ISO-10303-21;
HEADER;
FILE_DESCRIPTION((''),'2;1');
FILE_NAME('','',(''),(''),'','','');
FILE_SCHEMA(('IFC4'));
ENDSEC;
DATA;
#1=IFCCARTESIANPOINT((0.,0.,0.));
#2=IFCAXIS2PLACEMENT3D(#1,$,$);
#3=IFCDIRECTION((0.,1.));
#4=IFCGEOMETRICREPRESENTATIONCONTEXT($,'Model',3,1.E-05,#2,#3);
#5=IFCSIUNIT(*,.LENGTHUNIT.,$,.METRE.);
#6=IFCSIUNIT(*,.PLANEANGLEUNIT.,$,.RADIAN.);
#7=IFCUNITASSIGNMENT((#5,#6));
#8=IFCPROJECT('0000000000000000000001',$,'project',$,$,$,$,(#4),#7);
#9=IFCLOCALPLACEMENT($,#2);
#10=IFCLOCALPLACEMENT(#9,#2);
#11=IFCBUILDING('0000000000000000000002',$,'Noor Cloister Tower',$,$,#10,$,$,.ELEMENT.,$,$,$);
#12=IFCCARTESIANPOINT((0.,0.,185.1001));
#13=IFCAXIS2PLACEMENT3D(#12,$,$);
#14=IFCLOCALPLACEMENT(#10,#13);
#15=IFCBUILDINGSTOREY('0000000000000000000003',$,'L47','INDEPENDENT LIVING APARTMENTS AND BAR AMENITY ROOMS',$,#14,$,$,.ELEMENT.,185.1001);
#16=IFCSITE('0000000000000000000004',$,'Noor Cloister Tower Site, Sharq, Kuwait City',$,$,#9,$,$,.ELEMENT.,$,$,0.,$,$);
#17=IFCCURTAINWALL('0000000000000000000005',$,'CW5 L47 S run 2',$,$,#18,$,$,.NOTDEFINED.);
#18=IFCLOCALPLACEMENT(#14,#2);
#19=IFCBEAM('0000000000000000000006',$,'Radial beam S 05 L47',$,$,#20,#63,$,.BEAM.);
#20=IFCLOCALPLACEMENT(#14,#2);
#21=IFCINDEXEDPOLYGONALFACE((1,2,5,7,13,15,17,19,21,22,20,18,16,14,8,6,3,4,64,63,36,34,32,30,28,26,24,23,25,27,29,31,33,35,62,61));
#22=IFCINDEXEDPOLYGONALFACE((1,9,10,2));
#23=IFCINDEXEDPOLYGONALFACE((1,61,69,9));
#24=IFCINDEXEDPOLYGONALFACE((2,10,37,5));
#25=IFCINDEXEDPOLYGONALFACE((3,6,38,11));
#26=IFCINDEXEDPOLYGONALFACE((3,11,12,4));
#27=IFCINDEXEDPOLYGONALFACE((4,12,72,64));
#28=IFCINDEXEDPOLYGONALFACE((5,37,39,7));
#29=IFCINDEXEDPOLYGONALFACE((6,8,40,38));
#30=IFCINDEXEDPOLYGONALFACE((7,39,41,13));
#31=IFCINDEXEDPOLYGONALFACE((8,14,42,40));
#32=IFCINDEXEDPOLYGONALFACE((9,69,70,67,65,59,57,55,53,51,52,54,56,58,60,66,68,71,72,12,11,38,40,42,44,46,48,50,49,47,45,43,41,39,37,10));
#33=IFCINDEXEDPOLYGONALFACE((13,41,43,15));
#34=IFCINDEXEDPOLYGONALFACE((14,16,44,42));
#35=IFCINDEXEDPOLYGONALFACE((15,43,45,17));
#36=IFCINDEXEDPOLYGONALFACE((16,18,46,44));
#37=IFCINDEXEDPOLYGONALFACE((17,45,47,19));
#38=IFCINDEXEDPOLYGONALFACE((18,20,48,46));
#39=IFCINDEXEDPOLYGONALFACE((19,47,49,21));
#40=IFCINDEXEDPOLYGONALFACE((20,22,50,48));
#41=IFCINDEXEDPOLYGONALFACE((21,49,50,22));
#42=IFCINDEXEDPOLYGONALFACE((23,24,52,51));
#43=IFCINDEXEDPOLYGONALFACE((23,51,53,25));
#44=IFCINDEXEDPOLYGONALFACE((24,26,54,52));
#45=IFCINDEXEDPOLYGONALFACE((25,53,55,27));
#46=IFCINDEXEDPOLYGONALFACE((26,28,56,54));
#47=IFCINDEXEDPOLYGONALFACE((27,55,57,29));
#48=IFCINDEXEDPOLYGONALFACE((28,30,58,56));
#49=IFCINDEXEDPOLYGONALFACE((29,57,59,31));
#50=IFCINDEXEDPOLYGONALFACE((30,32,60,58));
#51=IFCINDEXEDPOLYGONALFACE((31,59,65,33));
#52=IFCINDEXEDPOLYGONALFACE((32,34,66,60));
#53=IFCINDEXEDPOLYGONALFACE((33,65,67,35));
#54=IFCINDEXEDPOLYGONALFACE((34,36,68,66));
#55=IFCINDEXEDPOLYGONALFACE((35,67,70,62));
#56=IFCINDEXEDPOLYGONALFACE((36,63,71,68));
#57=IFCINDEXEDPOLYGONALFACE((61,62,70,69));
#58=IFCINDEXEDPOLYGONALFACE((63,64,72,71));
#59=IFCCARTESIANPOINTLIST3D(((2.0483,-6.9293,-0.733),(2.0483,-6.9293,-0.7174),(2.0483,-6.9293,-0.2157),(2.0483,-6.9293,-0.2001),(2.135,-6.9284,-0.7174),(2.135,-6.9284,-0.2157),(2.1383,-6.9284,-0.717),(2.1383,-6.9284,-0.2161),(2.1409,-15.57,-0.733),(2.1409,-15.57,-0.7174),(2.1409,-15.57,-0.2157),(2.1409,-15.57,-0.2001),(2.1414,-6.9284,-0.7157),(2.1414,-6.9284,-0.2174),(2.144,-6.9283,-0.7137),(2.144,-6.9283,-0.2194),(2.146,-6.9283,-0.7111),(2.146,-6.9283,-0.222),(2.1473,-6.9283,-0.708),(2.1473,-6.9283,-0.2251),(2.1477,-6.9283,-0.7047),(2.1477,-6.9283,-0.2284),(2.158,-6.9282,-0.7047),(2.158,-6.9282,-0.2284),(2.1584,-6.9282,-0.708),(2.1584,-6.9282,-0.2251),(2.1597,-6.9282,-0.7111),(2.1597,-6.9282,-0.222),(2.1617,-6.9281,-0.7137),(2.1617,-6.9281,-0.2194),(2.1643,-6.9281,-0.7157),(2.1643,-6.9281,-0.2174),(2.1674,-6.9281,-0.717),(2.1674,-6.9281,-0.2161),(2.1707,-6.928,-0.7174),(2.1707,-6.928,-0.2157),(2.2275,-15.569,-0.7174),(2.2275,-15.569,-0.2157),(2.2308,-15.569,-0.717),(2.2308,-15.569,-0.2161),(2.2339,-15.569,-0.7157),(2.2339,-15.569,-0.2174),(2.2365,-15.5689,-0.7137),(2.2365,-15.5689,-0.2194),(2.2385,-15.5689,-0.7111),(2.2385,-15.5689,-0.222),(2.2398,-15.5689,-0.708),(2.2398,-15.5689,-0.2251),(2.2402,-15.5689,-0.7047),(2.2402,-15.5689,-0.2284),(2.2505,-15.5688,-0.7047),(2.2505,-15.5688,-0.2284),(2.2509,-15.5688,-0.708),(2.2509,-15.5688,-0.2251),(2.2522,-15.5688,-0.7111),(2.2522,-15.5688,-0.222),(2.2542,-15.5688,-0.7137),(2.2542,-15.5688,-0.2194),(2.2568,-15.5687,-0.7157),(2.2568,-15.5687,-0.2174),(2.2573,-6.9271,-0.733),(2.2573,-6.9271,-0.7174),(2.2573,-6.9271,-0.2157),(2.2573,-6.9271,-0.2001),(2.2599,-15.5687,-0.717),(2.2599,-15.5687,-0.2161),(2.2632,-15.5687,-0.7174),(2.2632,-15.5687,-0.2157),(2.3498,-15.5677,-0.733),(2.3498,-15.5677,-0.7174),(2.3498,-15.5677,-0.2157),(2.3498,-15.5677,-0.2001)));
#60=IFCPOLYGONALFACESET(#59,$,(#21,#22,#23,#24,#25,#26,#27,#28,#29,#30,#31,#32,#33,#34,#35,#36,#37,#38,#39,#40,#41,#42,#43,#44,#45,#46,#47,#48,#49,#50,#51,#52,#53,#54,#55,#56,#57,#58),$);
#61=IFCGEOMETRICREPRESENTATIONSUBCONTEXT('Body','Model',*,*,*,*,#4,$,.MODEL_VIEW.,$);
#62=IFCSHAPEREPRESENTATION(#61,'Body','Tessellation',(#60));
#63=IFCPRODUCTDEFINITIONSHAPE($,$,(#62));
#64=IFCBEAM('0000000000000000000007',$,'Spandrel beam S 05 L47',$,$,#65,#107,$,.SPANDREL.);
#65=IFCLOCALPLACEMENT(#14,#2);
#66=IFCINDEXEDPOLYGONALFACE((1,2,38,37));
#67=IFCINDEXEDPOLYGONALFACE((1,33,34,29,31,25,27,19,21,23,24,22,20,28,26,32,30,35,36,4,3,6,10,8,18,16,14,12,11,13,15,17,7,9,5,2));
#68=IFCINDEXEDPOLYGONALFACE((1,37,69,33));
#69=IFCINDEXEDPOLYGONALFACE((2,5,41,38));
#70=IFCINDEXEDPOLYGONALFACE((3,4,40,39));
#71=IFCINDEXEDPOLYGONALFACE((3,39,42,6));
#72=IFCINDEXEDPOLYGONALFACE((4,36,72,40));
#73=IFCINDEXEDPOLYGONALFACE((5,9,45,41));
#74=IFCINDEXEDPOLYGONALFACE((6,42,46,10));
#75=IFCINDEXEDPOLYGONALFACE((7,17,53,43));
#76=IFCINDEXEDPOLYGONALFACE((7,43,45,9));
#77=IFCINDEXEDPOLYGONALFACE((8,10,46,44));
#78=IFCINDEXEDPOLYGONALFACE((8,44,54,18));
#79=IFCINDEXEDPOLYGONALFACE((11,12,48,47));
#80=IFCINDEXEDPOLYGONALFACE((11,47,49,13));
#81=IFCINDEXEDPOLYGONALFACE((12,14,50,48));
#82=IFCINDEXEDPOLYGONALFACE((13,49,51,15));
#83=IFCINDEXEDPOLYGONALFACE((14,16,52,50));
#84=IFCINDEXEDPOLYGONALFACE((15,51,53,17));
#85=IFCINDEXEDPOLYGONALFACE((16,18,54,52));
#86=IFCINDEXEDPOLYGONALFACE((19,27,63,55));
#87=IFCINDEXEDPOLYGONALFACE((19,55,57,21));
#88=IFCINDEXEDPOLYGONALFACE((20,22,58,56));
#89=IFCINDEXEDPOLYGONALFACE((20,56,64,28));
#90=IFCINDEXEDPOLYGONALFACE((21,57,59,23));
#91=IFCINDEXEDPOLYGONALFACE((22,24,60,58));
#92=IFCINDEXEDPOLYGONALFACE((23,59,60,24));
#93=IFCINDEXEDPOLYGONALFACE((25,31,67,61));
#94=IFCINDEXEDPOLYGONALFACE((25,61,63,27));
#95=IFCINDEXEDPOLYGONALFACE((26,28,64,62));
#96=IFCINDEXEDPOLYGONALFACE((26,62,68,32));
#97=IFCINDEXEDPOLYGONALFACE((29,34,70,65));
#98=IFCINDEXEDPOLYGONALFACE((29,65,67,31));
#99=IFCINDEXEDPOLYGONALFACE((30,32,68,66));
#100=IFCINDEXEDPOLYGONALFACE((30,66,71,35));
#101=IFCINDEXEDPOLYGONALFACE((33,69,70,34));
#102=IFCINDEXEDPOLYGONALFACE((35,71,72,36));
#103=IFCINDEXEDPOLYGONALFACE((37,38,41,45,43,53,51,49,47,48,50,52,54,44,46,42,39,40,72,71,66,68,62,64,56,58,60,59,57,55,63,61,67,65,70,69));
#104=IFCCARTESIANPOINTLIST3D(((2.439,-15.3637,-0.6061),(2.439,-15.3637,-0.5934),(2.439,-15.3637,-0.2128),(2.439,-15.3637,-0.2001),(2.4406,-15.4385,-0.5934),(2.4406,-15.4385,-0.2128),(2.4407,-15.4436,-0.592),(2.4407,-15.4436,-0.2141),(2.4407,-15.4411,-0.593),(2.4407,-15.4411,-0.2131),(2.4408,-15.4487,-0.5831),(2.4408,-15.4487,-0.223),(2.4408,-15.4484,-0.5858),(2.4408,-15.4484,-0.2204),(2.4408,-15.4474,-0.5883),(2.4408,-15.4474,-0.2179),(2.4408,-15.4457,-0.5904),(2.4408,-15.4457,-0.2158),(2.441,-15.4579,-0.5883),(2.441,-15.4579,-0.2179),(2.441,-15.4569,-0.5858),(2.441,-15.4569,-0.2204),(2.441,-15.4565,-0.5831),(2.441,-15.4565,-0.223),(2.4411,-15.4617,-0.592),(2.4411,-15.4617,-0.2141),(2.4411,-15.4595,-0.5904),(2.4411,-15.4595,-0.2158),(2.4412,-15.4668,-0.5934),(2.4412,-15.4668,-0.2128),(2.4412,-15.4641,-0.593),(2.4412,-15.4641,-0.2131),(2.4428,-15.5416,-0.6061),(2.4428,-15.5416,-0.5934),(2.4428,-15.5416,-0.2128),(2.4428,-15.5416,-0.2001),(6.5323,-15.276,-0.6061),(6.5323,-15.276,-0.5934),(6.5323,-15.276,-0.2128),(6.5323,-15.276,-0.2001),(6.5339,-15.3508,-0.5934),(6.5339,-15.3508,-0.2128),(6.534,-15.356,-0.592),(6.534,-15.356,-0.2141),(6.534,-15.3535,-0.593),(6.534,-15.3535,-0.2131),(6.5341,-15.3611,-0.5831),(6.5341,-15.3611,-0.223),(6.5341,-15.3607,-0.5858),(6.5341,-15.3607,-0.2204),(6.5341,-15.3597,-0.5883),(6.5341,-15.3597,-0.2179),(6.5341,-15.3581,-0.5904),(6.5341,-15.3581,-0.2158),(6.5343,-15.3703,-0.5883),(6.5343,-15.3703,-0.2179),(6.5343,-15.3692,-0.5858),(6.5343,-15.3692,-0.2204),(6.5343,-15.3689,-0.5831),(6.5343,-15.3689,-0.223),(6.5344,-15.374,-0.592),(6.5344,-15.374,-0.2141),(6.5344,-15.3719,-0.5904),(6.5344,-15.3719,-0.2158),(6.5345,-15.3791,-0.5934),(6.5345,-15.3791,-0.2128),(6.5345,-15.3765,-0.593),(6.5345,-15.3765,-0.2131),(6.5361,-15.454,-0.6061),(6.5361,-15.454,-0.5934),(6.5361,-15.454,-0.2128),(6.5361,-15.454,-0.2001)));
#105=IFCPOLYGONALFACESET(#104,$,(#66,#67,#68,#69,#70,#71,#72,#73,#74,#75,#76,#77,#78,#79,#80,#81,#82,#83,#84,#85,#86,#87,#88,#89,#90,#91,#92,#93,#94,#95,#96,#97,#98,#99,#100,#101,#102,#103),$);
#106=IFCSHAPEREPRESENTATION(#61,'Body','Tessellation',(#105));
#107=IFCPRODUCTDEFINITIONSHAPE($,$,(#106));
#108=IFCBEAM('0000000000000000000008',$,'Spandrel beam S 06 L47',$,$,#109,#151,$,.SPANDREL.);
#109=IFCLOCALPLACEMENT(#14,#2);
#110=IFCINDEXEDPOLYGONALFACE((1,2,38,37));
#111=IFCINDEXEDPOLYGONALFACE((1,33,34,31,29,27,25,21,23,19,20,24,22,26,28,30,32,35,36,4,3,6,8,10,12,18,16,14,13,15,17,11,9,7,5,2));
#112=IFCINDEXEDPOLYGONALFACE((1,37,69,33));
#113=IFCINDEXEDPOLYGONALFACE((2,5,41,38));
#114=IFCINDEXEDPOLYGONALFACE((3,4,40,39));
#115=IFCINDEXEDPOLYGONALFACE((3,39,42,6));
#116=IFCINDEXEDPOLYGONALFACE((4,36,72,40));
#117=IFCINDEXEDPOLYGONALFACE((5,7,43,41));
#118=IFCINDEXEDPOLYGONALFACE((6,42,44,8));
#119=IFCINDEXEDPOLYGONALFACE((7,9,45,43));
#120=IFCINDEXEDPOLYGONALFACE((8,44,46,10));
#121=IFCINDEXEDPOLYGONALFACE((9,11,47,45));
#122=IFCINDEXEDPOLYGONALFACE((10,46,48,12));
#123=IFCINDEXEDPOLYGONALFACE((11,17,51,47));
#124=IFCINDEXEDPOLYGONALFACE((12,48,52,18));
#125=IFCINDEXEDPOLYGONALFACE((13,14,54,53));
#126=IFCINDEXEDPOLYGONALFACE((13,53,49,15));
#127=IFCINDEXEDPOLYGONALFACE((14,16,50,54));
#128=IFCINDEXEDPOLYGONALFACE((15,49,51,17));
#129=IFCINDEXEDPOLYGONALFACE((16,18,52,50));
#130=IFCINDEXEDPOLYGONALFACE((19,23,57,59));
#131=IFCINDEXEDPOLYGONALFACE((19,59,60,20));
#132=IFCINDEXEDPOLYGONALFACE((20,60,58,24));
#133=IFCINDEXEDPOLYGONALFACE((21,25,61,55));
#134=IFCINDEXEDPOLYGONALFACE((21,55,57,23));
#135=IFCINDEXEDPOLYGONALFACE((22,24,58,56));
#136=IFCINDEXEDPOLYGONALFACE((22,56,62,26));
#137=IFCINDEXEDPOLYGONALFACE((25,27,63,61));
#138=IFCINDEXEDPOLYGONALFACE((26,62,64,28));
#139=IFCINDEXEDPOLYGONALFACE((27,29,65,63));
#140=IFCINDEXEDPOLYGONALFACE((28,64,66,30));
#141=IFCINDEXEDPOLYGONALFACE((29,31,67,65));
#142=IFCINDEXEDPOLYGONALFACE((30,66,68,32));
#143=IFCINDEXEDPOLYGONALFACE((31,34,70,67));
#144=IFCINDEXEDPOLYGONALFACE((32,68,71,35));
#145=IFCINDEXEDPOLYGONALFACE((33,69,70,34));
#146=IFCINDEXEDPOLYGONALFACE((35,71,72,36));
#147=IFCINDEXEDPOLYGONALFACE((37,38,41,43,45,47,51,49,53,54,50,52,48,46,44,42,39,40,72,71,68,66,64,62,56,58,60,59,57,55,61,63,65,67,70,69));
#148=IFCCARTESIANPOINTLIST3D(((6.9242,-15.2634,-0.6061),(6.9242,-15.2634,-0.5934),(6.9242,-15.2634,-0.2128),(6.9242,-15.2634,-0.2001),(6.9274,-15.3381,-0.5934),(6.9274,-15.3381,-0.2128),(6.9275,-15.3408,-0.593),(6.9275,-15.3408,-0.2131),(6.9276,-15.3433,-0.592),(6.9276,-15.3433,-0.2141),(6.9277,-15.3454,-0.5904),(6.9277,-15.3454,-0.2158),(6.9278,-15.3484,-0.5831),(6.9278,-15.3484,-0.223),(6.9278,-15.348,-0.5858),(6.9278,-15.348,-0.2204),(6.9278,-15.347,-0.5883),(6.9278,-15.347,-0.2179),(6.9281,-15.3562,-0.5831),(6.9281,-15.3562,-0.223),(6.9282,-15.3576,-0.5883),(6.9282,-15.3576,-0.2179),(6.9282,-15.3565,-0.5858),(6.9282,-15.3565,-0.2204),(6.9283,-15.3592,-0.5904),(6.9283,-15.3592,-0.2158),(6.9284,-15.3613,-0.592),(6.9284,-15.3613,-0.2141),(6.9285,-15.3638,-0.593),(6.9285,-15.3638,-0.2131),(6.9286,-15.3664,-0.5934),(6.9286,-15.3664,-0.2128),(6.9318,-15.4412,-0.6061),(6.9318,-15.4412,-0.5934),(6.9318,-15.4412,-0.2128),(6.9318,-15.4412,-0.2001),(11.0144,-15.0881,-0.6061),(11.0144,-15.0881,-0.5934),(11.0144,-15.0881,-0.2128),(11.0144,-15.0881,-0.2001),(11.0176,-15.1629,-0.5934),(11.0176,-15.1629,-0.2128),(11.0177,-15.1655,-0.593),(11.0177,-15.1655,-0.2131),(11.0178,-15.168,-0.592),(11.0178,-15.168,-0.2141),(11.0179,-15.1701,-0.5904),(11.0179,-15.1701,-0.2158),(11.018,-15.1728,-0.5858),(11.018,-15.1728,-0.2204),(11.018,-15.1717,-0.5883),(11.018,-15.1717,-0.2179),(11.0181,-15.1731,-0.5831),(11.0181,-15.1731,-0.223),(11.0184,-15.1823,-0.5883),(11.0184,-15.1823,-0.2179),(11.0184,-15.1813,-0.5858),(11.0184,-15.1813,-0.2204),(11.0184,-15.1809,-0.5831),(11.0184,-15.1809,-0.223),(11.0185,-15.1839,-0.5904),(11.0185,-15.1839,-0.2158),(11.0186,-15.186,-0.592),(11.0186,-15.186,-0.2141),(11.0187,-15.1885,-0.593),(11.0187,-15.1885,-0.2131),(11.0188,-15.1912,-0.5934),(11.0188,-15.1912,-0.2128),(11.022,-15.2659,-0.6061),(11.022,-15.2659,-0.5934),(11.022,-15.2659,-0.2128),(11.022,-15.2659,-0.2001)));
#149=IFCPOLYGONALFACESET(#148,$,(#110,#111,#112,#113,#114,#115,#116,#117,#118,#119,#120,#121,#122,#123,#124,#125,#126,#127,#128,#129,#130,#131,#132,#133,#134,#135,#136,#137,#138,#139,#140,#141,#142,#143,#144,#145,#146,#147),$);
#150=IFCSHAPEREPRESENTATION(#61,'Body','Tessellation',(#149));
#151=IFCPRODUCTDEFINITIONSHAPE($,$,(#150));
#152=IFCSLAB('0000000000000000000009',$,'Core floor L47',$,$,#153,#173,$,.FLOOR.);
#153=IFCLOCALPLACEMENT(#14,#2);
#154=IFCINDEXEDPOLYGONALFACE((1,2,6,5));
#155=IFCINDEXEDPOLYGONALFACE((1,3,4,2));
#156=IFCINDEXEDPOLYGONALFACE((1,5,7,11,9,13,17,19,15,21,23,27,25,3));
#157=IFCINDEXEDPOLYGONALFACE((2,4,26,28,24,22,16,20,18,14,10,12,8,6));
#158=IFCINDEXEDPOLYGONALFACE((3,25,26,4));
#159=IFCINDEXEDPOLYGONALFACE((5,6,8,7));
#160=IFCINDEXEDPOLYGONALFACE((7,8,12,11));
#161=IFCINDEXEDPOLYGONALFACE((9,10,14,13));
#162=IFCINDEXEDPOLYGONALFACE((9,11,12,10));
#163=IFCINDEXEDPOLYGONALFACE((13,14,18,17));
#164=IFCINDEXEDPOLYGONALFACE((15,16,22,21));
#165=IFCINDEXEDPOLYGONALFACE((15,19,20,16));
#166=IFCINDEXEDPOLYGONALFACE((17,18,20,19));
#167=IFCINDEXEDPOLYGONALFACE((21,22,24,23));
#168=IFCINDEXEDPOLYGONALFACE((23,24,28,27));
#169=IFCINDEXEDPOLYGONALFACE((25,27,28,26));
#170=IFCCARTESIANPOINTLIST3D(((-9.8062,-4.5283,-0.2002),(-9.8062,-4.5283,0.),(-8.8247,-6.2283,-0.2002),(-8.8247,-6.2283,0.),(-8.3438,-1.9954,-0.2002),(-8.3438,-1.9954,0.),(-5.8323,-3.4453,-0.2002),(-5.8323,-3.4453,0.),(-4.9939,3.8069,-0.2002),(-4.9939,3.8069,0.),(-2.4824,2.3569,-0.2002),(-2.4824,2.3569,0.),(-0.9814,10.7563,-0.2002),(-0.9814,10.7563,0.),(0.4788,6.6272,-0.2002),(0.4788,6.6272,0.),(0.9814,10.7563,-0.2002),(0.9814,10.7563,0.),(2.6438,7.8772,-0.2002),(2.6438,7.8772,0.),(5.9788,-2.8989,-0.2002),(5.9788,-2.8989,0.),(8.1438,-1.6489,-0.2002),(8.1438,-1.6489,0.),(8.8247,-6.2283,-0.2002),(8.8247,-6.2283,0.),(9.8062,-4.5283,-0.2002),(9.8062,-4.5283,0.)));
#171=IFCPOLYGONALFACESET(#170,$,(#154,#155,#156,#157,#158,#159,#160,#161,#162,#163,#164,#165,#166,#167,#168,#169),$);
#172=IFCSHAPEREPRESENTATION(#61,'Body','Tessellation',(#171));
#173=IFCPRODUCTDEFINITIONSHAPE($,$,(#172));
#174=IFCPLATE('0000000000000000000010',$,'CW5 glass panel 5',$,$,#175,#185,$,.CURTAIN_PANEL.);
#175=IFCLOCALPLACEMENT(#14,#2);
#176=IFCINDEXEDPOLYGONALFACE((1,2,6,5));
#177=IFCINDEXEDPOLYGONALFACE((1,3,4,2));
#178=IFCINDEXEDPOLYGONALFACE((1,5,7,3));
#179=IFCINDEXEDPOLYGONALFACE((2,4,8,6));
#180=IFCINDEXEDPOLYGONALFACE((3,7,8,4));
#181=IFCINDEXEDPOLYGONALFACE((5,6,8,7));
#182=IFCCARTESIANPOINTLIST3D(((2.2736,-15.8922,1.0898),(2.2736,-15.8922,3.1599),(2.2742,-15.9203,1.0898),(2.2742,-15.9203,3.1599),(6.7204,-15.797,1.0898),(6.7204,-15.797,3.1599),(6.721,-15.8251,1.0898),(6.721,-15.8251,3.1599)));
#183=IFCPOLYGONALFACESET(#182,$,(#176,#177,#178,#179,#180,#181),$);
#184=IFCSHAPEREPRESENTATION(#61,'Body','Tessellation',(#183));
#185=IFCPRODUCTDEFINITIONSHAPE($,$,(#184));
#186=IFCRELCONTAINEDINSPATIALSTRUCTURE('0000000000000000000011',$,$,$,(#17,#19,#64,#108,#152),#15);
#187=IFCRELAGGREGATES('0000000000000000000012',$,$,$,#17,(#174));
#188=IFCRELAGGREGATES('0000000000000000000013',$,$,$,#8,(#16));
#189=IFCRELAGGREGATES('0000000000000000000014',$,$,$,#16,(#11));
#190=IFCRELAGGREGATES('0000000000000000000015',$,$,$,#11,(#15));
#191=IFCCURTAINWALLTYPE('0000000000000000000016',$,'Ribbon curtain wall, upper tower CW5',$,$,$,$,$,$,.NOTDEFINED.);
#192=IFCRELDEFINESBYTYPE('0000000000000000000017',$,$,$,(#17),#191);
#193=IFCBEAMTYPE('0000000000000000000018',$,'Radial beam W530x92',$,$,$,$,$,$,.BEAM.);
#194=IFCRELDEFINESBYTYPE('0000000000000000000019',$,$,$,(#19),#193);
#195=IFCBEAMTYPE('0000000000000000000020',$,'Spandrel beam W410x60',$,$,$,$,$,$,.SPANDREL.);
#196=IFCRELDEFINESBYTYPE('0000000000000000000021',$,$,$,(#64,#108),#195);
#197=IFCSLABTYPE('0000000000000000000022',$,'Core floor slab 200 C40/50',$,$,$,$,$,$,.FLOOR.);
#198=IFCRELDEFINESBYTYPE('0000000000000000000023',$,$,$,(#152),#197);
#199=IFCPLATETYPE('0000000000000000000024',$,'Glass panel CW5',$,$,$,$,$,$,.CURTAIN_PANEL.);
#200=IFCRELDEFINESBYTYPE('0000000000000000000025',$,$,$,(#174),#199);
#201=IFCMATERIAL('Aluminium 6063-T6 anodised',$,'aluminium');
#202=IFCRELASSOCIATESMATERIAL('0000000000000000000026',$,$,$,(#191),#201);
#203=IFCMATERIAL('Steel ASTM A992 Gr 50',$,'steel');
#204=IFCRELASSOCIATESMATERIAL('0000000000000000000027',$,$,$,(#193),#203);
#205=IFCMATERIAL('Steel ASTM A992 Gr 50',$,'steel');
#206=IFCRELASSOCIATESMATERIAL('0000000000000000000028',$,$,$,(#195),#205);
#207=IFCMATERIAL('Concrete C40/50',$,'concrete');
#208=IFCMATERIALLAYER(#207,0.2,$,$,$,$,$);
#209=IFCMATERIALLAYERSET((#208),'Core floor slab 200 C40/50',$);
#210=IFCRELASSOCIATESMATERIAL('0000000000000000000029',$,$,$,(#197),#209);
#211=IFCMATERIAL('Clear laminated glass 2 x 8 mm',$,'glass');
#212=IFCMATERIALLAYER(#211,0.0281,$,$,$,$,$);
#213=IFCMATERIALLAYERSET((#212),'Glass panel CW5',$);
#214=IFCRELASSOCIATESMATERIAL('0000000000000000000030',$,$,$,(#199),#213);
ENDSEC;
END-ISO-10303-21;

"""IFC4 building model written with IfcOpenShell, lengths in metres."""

from ifc_helpers import new_model, si_unit, direction, frame, origin, origin_2d, place, context, subcontext, project, spatial, polyline, rectangle, i_section, outline, extrude, material, layer, layer_set, material_profile, profile_set, type_object, element, aggregate, save


model = new_model("IFC4")

# Units and contexts
model_context = context("Model", 3, precision=1e-05, world=origin(), true_north=direction((0.0, 1.0)))
body_context = subcontext(model_context, "Body", "Model", "MODEL_VIEW")
ifc_project = project(units=[si_unit("LENGTHUNIT", "METRE"), si_unit("PLANEANGLEUNIT", "RADIAN")], contexts=[model_context])

# Site, building, storey
site_placement = place(None, origin())
site = spatial("IfcSite", under=ifc_project, at=site_placement, Name="Noor Cloister Tower Site, Sharq, Kuwait City", CompositionType="ELEMENT", RefElevation=0.0)
building_placement = place(site_placement, origin())
building = spatial("IfcBuilding", under=site, at=building_placement, Name="Noor Cloister Tower", CompositionType="ELEMENT")
storey_placement = place(building_placement, frame((0.0, 0.0, 185.1001)))
storey = spatial("IfcBuildingStorey", under=building, at=storey_placement, Name="L47", Description="INDEPENDENT LIVING APARTMENTS AND BAR AMENITY ROOMS", CompositionType="ELEMENT", Elevation=185.1001)

# Curtain wall
ifc_material_1 = material(Name="Aluminium 6063-T6 anodised", Category="aluminium")
curtain_wall_type = type_object("IfcCurtainWallType", Name="Ribbon curtain wall, upper tower CW5", PredefinedType="NOTDEFINED", material=ifc_material_1)
curtain_wall_placement = place(storey_placement, origin())
curtain_wall = element("IfcCurtainWall", 1, at=curtain_wall_placement, inside=storey, type_object=curtain_wall_type, Name="CW5 L47 S run 2", PredefinedType="NOTDEFINED")

# Beams
ifc_material_2 = material(Name="Steel ASTM A992 Gr 50", Category="steel")
ifc_material_profile_1 = material_profile(ifc_material_2, i_section(OverallWidth=0.209, OverallDepth=0.533, WebThickness=0.0103, FlangeThickness=0.0156, FilletRadius=0.0127, at=origin_2d()), Name="W530x92")
ifc_profile_set_1 = profile_set([ifc_material_profile_1], Name="Steel ASTM A992 Gr 50")
beam_type_1 = type_object("IfcBeamType", Name="Radial beam W530x92", PredefinedType="BEAM", material=ifc_profile_set_1)
beam_1_placement = place(storey_placement, frame((2.2454, -15.5688, -0.4666), z_axis=(-0.010708, 0.999943, 0.0), x_axis=(-0.999943, -0.010708, 0.0)))
element("IfcBeam", 2, at=beam_1_placement, inside=storey, type_object=beam_type_1, Name="Radial beam S 05 L47", PredefinedType="BEAM", context=body_context, shape_type="SweptSolid", body=[
    extrude(i_section(OverallWidth=0.209, OverallDepth=0.533, WebThickness=0.0103, FlangeThickness=0.0156, FilletRadius=0.0127, at=origin_2d()), origin(), (0.0, 0.0, 1.0), 8.6411),
])
ifc_material_3 = material(Name="Steel ASTM A992 Gr 50", Category="steel")
ifc_material_profile_2 = material_profile(ifc_material_3, i_section(OverallWidth=0.178, OverallDepth=0.406, WebThickness=0.0078, FlangeThickness=0.0127, FilletRadius=0.0103, at=origin_2d()), Name="W410x60")
ifc_profile_set_2 = profile_set([ifc_material_profile_2], Name="Steel ASTM A992 Gr 50")
beam_type_2 = type_object("IfcBeamType", Name="Spandrel beam W410x60", PredefinedType="SPANDREL", material=ifc_profile_set_2)
beam_2_placement = place(storey_placement, frame((2.4409, -15.4526, -0.4031), z_axis=(0.999771, 0.021407, 0.0), x_axis=(-0.021407, 0.999771, 0.0)))
element("IfcBeam", 3, at=beam_2_placement, inside=storey, type_object=beam_type_2, Name="Spandrel beam S 05 L47", PredefinedType="SPANDREL", context=body_context, shape_type="SweptSolid", body=[
    extrude(i_section(OverallWidth=0.178, OverallDepth=0.406, WebThickness=0.0078, FlangeThickness=0.0127, FilletRadius=0.0103, at=origin_2d()), origin(), (0.0, 0.0, 1.0), 4.0942),
])
beam_3_placement = place(storey_placement, frame((6.928, -15.3523, -0.4031), z_axis=(0.999083, 0.042816, 0.0), x_axis=(-0.042816, 0.999083, 0.0)))
element("IfcBeam", 4, at=beam_3_placement, inside=storey, type_object=beam_type_2, Name="Spandrel beam S 06 L47", PredefinedType="SPANDREL", context=body_context, shape_type="SweptSolid", body=[
    extrude(i_section(OverallWidth=0.178, OverallDepth=0.406, WebThickness=0.0078, FlangeThickness=0.0127, FilletRadius=0.0103, at=origin_2d()), origin(), (0.0, 0.0, 1.0), 4.094),
])

# Slab
ifc_material_4 = material(Name="Concrete C40/50", Category="concrete")
ifc_layer_1 = layer(ifc_material_4, 0.2)
ifc_layer_set_1 = layer_set([ifc_layer_1], Name="Core floor slab 200 C40/50")
slab_type_1 = type_object("IfcSlabType", Name="Core floor slab 200 C40/50", PredefinedType="FLOOR", material=ifc_layer_set_1)
slab_1_placement = place(storey_placement, frame((0.0, 0.0, -0.2002)))
element("IfcSlab", 5, at=slab_1_placement, inside=storey, type_object=slab_type_1, Name="Core floor L47", PredefinedType="FLOOR", context=body_context, shape_type="SweptSolid", body=[
    extrude(outline(polyline([(2.6438, 7.8772), (0.9814, 10.7563), (-0.9814, 10.7563), (-4.9939, 3.8069), (-2.4824, 2.3569), (-5.8323, -3.4453), (-8.3438, -1.9954), (-9.8062, -4.5283), (-8.8247, -6.2283), (8.8247, -6.2283), (9.8062, -4.5283), (8.1438, -1.6489), (5.9788, -2.8989), (0.4788, 6.6272), (2.6438, 7.8772)])), origin(), (0.0, 0.0, 1.0), 0.2002),
])

# Plate
ifc_material_5 = material(Name="Clear laminated glass 2 x 8 mm", Category="glass")
ifc_layer_2 = layer(ifc_material_5, 0.0281)
ifc_layer_set_2 = layer_set([ifc_layer_2], Name="Glass panel CW5")
plate_type = type_object("IfcPlateType", Name="Glass panel CW5", PredefinedType="CURTAIN_PANEL", material=ifc_layer_set_2)
plate_1_placement = place(storey_placement, frame((4.4973, -15.8586, 1.0898), z_axis=(0.0, 0.0, 1.0), x_axis=(0.999771, 0.021406, 0.0)))
plate_1 = element("IfcPlate", 6, at=plate_1_placement, type_object=plate_type, Name="CW5 glass panel 5", PredefinedType="CURTAIN_PANEL", context=body_context, shape_type="SweptSolid", body=[
    extrude(rectangle(XDim=4.4478, YDim=0.0281, at=origin_2d()), origin(), (0.0, 0.0, 1.0), 2.0701),
])
aggregate(curtain_wall, [plate_1])

save(model, "model.ifc")
